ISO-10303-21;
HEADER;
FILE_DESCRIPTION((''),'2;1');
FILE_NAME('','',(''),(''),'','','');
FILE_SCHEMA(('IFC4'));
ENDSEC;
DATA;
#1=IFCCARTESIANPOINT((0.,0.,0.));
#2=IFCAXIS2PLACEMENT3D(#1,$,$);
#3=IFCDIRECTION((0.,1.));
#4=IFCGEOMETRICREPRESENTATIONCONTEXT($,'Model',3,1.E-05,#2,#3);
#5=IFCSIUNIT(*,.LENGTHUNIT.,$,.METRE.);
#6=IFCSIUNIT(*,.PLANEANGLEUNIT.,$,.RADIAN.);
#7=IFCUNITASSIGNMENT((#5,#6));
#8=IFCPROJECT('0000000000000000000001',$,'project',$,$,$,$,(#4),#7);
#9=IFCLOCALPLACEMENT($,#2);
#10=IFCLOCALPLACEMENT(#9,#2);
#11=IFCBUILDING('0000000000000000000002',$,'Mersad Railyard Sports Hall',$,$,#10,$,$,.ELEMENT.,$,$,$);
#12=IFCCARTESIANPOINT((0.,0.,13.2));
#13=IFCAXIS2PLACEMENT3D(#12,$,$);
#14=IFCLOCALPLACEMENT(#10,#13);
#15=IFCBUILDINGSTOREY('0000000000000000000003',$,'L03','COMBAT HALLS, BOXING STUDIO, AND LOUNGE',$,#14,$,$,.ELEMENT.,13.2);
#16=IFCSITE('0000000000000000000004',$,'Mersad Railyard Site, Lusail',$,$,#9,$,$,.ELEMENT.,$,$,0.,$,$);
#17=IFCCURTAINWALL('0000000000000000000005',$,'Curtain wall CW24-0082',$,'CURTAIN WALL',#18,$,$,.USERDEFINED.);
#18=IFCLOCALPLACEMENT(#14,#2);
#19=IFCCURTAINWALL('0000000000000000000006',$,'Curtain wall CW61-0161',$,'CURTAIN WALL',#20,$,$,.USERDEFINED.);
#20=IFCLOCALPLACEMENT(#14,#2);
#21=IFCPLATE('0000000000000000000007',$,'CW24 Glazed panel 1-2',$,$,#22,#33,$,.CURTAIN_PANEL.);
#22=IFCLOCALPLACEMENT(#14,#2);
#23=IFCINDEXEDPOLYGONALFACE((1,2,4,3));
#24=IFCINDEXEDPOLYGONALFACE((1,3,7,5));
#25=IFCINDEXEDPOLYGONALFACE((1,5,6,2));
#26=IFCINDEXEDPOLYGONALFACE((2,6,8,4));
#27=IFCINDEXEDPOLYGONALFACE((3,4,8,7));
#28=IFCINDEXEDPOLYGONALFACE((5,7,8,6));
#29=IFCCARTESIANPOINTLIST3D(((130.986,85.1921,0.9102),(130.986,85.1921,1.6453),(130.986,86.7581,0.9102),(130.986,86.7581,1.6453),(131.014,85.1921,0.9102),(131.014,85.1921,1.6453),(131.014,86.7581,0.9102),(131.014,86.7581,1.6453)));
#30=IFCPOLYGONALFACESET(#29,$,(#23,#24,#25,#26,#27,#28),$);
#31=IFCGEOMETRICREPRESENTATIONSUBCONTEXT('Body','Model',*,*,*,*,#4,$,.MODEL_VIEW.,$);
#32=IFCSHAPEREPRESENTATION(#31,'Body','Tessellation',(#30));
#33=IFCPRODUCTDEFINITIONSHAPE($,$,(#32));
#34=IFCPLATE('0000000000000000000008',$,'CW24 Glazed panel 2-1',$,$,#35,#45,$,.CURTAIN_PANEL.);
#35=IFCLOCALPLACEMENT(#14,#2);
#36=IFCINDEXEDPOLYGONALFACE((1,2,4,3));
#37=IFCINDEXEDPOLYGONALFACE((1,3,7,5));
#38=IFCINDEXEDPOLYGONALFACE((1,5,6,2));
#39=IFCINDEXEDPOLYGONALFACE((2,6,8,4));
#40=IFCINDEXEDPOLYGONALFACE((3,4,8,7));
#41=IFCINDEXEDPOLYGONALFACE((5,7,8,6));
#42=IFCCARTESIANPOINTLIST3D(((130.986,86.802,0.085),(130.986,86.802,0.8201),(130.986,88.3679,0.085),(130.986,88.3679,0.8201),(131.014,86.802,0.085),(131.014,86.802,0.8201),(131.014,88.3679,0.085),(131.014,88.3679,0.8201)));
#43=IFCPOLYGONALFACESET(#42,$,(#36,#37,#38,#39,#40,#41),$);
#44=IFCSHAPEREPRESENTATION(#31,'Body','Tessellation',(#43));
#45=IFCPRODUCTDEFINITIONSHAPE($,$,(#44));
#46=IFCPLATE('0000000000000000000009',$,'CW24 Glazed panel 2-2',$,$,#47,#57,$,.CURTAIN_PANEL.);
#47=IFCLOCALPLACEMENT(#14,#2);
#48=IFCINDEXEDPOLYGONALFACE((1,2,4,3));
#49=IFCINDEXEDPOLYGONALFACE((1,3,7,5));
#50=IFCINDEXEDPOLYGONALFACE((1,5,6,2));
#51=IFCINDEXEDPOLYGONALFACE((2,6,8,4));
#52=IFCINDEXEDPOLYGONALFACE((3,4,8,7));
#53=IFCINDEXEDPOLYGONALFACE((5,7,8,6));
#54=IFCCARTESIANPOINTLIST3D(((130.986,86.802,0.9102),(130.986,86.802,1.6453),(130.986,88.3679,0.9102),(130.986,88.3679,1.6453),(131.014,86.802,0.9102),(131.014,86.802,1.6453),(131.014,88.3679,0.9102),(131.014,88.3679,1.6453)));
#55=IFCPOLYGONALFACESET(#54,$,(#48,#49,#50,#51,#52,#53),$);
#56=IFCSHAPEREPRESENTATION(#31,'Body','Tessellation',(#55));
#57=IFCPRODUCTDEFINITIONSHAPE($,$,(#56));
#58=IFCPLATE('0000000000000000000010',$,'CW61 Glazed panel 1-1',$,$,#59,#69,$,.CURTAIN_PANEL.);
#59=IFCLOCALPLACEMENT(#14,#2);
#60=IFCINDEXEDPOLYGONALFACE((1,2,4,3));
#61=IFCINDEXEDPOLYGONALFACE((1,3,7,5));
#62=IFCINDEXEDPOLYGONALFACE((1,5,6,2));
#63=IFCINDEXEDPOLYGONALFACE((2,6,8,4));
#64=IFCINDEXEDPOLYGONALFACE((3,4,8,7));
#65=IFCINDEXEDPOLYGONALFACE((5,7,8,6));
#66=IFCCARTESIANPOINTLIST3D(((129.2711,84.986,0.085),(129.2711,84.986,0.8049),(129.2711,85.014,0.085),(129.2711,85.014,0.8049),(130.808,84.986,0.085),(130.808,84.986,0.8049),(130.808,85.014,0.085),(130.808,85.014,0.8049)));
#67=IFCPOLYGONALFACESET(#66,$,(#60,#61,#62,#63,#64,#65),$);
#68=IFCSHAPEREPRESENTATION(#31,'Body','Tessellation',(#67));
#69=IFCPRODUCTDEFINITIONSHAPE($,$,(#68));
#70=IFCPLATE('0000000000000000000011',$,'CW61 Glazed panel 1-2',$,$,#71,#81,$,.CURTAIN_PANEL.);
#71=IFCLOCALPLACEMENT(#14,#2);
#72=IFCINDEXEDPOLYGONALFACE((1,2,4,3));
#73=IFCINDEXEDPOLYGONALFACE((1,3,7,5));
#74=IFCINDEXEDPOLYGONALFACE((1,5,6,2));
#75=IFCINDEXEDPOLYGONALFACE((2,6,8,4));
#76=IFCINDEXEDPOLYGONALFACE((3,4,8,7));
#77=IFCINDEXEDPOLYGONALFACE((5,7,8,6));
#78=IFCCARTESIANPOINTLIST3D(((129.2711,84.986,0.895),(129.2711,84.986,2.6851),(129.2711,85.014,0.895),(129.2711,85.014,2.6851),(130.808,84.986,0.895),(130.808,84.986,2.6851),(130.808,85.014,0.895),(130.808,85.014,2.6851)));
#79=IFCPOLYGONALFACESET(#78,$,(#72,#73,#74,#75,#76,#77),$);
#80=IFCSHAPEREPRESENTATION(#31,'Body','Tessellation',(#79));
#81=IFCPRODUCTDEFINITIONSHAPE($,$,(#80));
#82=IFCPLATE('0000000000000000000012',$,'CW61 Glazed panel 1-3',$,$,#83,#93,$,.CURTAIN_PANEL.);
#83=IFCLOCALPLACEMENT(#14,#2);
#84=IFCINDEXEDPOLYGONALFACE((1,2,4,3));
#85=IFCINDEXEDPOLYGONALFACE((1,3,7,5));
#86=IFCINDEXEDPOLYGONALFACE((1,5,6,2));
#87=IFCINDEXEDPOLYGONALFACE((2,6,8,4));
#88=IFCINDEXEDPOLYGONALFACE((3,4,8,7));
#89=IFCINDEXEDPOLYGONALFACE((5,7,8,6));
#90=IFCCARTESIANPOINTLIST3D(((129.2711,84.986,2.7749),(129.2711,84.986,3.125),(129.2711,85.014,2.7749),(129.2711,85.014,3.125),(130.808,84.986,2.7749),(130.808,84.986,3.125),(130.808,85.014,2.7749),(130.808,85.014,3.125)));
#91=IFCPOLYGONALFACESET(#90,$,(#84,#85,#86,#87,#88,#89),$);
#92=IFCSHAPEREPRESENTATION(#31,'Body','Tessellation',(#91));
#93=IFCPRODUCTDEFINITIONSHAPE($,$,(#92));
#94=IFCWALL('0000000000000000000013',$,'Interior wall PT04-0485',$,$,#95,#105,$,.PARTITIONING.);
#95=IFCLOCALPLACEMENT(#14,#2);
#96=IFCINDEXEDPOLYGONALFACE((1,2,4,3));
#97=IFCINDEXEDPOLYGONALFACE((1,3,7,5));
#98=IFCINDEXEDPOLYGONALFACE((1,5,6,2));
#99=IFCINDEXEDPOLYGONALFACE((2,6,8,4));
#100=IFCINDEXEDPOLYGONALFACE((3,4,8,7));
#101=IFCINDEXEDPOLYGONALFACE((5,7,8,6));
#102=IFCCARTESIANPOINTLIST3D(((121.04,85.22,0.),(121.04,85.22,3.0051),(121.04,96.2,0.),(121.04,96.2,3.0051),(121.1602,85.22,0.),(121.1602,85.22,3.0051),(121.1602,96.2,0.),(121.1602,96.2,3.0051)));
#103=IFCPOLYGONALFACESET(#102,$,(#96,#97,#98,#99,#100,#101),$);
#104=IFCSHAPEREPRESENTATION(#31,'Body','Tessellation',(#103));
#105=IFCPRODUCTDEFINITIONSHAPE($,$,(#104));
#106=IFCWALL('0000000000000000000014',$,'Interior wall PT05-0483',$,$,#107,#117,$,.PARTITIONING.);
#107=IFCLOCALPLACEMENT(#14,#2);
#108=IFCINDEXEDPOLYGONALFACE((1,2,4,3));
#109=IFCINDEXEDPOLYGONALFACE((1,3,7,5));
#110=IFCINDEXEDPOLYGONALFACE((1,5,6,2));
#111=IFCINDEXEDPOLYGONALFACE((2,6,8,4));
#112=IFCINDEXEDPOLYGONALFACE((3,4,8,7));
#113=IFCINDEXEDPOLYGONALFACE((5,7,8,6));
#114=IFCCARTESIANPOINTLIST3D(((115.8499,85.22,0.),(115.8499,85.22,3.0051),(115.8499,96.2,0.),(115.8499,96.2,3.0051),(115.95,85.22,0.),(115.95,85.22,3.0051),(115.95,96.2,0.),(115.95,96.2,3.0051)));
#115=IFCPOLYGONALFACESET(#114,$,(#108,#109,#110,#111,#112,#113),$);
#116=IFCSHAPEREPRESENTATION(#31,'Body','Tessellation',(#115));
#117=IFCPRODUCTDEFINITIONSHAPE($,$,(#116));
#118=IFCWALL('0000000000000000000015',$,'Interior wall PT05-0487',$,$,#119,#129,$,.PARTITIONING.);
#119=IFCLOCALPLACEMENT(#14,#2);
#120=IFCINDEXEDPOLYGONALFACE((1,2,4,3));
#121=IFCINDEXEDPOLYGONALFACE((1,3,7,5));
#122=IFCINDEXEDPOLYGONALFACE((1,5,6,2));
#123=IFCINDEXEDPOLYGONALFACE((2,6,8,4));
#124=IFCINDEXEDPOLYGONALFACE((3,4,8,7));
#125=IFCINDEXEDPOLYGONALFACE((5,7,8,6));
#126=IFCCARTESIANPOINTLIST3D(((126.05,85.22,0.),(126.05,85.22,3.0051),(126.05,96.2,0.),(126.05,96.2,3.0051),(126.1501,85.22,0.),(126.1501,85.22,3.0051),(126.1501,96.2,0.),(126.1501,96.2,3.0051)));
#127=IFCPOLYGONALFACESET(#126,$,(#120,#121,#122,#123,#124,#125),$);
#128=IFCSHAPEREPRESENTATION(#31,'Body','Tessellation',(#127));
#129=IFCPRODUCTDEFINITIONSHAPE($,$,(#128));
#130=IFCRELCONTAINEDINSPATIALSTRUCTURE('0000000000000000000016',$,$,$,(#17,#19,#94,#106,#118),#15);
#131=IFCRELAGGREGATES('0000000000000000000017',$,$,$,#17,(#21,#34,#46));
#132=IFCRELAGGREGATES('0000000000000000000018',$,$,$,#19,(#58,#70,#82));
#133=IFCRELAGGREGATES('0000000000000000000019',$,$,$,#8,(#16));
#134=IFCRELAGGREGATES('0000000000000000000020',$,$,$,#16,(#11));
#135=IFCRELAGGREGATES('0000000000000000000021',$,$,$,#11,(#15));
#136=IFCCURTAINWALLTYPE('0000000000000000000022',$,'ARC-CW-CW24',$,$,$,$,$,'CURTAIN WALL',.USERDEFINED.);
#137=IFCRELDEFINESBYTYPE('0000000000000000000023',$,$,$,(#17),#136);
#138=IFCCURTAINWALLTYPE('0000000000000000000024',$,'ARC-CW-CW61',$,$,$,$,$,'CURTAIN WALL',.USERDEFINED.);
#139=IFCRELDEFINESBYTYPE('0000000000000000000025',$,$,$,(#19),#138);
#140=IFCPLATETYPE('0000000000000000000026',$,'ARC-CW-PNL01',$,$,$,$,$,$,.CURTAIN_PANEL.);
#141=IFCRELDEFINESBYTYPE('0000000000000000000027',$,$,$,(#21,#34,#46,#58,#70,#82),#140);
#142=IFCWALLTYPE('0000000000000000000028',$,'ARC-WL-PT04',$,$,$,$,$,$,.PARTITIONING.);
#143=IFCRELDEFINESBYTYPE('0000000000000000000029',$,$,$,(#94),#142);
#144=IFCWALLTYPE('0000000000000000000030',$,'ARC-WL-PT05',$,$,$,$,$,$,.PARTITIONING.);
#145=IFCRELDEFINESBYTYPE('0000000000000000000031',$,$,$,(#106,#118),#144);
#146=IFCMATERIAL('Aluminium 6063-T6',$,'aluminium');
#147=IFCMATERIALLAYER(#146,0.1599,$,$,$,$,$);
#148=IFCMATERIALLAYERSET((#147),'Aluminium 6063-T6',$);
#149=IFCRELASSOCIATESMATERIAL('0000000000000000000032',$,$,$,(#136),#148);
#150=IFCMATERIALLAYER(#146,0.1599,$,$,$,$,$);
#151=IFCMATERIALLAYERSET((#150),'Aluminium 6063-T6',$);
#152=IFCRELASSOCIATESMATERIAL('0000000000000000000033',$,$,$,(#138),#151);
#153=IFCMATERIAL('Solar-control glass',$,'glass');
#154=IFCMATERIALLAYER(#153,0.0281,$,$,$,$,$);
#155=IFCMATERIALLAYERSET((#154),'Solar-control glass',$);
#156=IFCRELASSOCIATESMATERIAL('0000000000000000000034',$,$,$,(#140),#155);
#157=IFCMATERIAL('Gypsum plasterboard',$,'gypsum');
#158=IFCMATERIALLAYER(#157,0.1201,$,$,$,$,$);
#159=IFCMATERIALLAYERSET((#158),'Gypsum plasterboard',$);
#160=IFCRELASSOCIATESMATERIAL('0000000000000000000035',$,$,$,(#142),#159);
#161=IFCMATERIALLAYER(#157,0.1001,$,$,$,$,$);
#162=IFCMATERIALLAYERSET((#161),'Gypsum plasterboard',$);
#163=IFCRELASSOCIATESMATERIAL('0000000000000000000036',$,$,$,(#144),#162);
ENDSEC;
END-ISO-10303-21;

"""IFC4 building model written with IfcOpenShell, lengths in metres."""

from ifc_helpers import new_model, si_unit, direction, frame, frame_2d, origin, origin_2d, place, context, subcontext, project, spatial, rectangle, extrude, material, layer, layer_set, type_object, element, aggregate, save


model = new_model("IFC4")

# Units and contexts
model_context = context("Model", 3, precision=1e-05, world=origin(), true_north=direction((0.0, 1.0)))
body_context = subcontext(model_context, "Body", "Model", "MODEL_VIEW")
ifc_project = project(units=[si_unit("LENGTHUNIT", "METRE"), si_unit("PLANEANGLEUNIT", "RADIAN")], contexts=[model_context])

# Site, building, storey
site_placement = place(None, origin())
site = spatial("IfcSite", under=ifc_project, at=site_placement, Name="Mersad Railyard Site, Lusail", CompositionType="ELEMENT", RefElevation=0.0)
building_placement = place(site_placement, origin())
building = spatial("IfcBuilding", under=site, at=building_placement, Name="Mersad Railyard Sports Hall", CompositionType="ELEMENT")
storey_placement = place(building_placement, frame((0.0, 0.0, 13.2)))
storey = spatial("IfcBuildingStorey", under=building, at=storey_placement, Name="L03", Description="COMBAT HALLS, BOXING STUDIO, AND LOUNGE", CompositionType="ELEMENT", Elevation=13.2)

# Curtain wall
ifc_material_1 = material(Name="Aluminium 6063-T6", Category="aluminium")
ifc_layer_1 = layer(ifc_material_1, 0.1599)
ifc_layer_set_1 = layer_set([ifc_layer_1], Name="Aluminium 6063-T6")
curtain_wall_type_1 = type_object("IfcCurtainWallType", Name="ARC-CW-CW24", ElementType="CURTAIN WALL", PredefinedType="USERDEFINED", material=ifc_layer_set_1)
curtain_wall_1_placement = place(storey_placement, origin())
curtain_wall_1 = element("IfcCurtainWall", 1, at=curtain_wall_1_placement, inside=storey, type_object=curtain_wall_type_1, Name="Curtain wall CW24-0082", ObjectType="CURTAIN WALL", PredefinedType="USERDEFINED")

# Curtain wall
ifc_layer_2 = layer(ifc_material_1, 0.1599)
ifc_layer_set_2 = layer_set([ifc_layer_2], Name="Aluminium 6063-T6")
curtain_wall_type_2 = type_object("IfcCurtainWallType", Name="ARC-CW-CW61", ElementType="CURTAIN WALL", PredefinedType="USERDEFINED", material=ifc_layer_set_2)
curtain_wall_2_placement = place(storey_placement, origin())
curtain_wall_2 = element("IfcCurtainWall", 2, at=curtain_wall_2_placement, inside=storey, type_object=curtain_wall_type_2, Name="Curtain wall CW61-0161", ObjectType="CURTAIN WALL", PredefinedType="USERDEFINED")

# Plates
ifc_material_2 = material(Name="Solar-control glass", Category="glass")
ifc_layer_3 = layer(ifc_material_2, 0.0281)
ifc_layer_set_3 = layer_set([ifc_layer_3], Name="Solar-control glass")
plate_type = type_object("IfcPlateType", Name="ARC-CW-PNL01", PredefinedType="CURTAIN_PANEL", material=ifc_layer_set_3)
plate_1_placement = place(storey_placement, frame((131.0, 85.9751, 0.9102), z_axis=(0.0, 0.0, 1.0), x_axis=(0.0, 1.0, 0.0)))
plate_1 = element("IfcPlate", 3, at=plate_1_placement, type_object=plate_type, Name="CW24 Glazed panel 1-2", PredefinedType="CURTAIN_PANEL", context=body_context, shape_type="SweptSolid", body=[
    extrude(rectangle(XDim=1.5659, YDim=0.0281, at=origin_2d()), origin(), (0.0, 0.0, 1.0), 0.7351),
])
plate_2_placement = place(storey_placement, frame((131.0, 87.585, 0.085), z_axis=(0.0, 0.0, 1.0), x_axis=(0.0, 1.0, 0.0)))
plate_2 = element("IfcPlate", 4, at=plate_2_placement, type_object=plate_type, Name="CW24 Glazed panel 2-1", PredefinedType="CURTAIN_PANEL", context=body_context, shape_type="SweptSolid", body=[
    extrude(rectangle(XDim=1.5659, YDim=0.0281, at=origin_2d()), origin(), (0.0, 0.0, 1.0), 0.7351),
])
plate_3_placement = place(storey_placement, frame((131.0, 87.585, 0.9102), z_axis=(0.0, 0.0, 1.0), x_axis=(0.0, 1.0, 0.0)))
plate_3 = element("IfcPlate", 5, at=plate_3_placement, type_object=plate_type, Name="CW24 Glazed panel 2-2", PredefinedType="CURTAIN_PANEL", context=body_context, shape_type="SweptSolid", body=[
    extrude(rectangle(XDim=1.5659, YDim=0.0281, at=origin_2d()), origin(), (0.0, 0.0, 1.0), 0.7351),
])
aggregate(curtain_wall_1, [plate_1, plate_2, plate_3])
plate_4_placement = place(storey_placement, frame((130.0396, 85.0, 0.085), z_axis=(0.0, 0.0, 1.0), x_axis=(-1.0, 0.0, 0.0)))
plate_4 = element("IfcPlate", 6, at=plate_4_placement, type_object=plate_type, Name="CW61 Glazed panel 1-1", PredefinedType="CURTAIN_PANEL", context=body_context, shape_type="SweptSolid", body=[
    extrude(rectangle(XDim=1.5369, YDim=0.0281, at=origin_2d()), origin(), (0.0, 0.0, 1.0), 0.72),
])
plate_5_placement = place(storey_placement, frame((130.0396, 85.0, 0.895), z_axis=(0.0, 0.0, 1.0), x_axis=(-1.0, 0.0, 0.0)))
plate_5 = element("IfcPlate", 7, at=plate_5_placement, type_object=plate_type, Name="CW61 Glazed panel 1-2", PredefinedType="CURTAIN_PANEL", context=body_context, shape_type="SweptSolid", body=[
    extrude(rectangle(XDim=1.5369, YDim=0.0281, at=origin_2d()), origin(), (0.0, 0.0, 1.0), 1.79),
])
plate_6_placement = place(storey_placement, frame((130.0396, 85.0, 2.7749), z_axis=(0.0, 0.0, 1.0), x_axis=(-1.0, 0.0, 0.0)))
plate_6 = element("IfcPlate", 8, at=plate_6_placement, type_object=plate_type, Name="CW61 Glazed panel 1-3", PredefinedType="CURTAIN_PANEL", context=body_context, shape_type="SweptSolid", body=[
    extrude(rectangle(XDim=1.5369, YDim=0.0281, at=origin_2d()), origin(), (0.0, 0.0, 1.0), 0.3501),
])
aggregate(curtain_wall_2, [plate_4, plate_5, plate_6])

# Walls
ifc_material_3 = material(Name="Gypsum plasterboard", Category="gypsum")
ifc_layer_4 = layer(ifc_material_3, 0.1201)
ifc_layer_set_4 = layer_set([ifc_layer_4], Name="Gypsum plasterboard")
wall_type_1 = type_object("IfcWallType", Name="ARC-WL-PT04", PredefinedType="PARTITIONING", material=ifc_layer_set_4)
wall_placement = place(storey_placement, frame((121.1001, 85.22, 0.0), z_axis=(0.0, 0.0, 1.0), x_axis=(0.0, 1.0, 0.0)))
element("IfcWall", 9, at=wall_placement, inside=storey, type_object=wall_type_1, Name="Interior wall PT04-0485", PredefinedType="PARTITIONING", context=body_context, shape_type="SweptSolid", body=[
    extrude(rectangle(XDim=10.98, YDim=0.1201, at=frame_2d((5.49, 0.0))), origin(), (0.0, 0.0, 1.0), 3.0051),
])
ifc_layer_5 = layer(ifc_material_3, 0.1001)
ifc_layer_set_5 = layer_set([ifc_layer_5], Name="Gypsum plasterboard")
wall_type_2 = type_object("IfcWallType", Name="ARC-WL-PT05", PredefinedType="PARTITIONING", material=ifc_layer_set_5)
for number, where, z_axis, x_axis, name in (
    (10, (115.8999, 85.22, 0.0), (0.0, 0.0, 1.0), (0.0, 1.0, 0.0), "Interior wall PT05-0483"),
    (11, (126.1001, 85.22, 0.0), (0.0, 0.0, 1.0), (0.0, 1.0, 0.0), "Interior wall PT05-0487"),
):
    element("IfcWall", number, at=place(storey_placement, frame(where, z_axis=z_axis, x_axis=x_axis)), inside=storey, type_object=wall_type_2, Name=name, PredefinedType="PARTITIONING", context=body_context, shape_type="SweptSolid", body=[
        extrude(rectangle(XDim=10.98, YDim=0.1001, at=frame_2d((5.49, 0.0))), origin(), (0.0, 0.0, 1.0), 3.0051),
    ])

save(model, "model.ifc")
